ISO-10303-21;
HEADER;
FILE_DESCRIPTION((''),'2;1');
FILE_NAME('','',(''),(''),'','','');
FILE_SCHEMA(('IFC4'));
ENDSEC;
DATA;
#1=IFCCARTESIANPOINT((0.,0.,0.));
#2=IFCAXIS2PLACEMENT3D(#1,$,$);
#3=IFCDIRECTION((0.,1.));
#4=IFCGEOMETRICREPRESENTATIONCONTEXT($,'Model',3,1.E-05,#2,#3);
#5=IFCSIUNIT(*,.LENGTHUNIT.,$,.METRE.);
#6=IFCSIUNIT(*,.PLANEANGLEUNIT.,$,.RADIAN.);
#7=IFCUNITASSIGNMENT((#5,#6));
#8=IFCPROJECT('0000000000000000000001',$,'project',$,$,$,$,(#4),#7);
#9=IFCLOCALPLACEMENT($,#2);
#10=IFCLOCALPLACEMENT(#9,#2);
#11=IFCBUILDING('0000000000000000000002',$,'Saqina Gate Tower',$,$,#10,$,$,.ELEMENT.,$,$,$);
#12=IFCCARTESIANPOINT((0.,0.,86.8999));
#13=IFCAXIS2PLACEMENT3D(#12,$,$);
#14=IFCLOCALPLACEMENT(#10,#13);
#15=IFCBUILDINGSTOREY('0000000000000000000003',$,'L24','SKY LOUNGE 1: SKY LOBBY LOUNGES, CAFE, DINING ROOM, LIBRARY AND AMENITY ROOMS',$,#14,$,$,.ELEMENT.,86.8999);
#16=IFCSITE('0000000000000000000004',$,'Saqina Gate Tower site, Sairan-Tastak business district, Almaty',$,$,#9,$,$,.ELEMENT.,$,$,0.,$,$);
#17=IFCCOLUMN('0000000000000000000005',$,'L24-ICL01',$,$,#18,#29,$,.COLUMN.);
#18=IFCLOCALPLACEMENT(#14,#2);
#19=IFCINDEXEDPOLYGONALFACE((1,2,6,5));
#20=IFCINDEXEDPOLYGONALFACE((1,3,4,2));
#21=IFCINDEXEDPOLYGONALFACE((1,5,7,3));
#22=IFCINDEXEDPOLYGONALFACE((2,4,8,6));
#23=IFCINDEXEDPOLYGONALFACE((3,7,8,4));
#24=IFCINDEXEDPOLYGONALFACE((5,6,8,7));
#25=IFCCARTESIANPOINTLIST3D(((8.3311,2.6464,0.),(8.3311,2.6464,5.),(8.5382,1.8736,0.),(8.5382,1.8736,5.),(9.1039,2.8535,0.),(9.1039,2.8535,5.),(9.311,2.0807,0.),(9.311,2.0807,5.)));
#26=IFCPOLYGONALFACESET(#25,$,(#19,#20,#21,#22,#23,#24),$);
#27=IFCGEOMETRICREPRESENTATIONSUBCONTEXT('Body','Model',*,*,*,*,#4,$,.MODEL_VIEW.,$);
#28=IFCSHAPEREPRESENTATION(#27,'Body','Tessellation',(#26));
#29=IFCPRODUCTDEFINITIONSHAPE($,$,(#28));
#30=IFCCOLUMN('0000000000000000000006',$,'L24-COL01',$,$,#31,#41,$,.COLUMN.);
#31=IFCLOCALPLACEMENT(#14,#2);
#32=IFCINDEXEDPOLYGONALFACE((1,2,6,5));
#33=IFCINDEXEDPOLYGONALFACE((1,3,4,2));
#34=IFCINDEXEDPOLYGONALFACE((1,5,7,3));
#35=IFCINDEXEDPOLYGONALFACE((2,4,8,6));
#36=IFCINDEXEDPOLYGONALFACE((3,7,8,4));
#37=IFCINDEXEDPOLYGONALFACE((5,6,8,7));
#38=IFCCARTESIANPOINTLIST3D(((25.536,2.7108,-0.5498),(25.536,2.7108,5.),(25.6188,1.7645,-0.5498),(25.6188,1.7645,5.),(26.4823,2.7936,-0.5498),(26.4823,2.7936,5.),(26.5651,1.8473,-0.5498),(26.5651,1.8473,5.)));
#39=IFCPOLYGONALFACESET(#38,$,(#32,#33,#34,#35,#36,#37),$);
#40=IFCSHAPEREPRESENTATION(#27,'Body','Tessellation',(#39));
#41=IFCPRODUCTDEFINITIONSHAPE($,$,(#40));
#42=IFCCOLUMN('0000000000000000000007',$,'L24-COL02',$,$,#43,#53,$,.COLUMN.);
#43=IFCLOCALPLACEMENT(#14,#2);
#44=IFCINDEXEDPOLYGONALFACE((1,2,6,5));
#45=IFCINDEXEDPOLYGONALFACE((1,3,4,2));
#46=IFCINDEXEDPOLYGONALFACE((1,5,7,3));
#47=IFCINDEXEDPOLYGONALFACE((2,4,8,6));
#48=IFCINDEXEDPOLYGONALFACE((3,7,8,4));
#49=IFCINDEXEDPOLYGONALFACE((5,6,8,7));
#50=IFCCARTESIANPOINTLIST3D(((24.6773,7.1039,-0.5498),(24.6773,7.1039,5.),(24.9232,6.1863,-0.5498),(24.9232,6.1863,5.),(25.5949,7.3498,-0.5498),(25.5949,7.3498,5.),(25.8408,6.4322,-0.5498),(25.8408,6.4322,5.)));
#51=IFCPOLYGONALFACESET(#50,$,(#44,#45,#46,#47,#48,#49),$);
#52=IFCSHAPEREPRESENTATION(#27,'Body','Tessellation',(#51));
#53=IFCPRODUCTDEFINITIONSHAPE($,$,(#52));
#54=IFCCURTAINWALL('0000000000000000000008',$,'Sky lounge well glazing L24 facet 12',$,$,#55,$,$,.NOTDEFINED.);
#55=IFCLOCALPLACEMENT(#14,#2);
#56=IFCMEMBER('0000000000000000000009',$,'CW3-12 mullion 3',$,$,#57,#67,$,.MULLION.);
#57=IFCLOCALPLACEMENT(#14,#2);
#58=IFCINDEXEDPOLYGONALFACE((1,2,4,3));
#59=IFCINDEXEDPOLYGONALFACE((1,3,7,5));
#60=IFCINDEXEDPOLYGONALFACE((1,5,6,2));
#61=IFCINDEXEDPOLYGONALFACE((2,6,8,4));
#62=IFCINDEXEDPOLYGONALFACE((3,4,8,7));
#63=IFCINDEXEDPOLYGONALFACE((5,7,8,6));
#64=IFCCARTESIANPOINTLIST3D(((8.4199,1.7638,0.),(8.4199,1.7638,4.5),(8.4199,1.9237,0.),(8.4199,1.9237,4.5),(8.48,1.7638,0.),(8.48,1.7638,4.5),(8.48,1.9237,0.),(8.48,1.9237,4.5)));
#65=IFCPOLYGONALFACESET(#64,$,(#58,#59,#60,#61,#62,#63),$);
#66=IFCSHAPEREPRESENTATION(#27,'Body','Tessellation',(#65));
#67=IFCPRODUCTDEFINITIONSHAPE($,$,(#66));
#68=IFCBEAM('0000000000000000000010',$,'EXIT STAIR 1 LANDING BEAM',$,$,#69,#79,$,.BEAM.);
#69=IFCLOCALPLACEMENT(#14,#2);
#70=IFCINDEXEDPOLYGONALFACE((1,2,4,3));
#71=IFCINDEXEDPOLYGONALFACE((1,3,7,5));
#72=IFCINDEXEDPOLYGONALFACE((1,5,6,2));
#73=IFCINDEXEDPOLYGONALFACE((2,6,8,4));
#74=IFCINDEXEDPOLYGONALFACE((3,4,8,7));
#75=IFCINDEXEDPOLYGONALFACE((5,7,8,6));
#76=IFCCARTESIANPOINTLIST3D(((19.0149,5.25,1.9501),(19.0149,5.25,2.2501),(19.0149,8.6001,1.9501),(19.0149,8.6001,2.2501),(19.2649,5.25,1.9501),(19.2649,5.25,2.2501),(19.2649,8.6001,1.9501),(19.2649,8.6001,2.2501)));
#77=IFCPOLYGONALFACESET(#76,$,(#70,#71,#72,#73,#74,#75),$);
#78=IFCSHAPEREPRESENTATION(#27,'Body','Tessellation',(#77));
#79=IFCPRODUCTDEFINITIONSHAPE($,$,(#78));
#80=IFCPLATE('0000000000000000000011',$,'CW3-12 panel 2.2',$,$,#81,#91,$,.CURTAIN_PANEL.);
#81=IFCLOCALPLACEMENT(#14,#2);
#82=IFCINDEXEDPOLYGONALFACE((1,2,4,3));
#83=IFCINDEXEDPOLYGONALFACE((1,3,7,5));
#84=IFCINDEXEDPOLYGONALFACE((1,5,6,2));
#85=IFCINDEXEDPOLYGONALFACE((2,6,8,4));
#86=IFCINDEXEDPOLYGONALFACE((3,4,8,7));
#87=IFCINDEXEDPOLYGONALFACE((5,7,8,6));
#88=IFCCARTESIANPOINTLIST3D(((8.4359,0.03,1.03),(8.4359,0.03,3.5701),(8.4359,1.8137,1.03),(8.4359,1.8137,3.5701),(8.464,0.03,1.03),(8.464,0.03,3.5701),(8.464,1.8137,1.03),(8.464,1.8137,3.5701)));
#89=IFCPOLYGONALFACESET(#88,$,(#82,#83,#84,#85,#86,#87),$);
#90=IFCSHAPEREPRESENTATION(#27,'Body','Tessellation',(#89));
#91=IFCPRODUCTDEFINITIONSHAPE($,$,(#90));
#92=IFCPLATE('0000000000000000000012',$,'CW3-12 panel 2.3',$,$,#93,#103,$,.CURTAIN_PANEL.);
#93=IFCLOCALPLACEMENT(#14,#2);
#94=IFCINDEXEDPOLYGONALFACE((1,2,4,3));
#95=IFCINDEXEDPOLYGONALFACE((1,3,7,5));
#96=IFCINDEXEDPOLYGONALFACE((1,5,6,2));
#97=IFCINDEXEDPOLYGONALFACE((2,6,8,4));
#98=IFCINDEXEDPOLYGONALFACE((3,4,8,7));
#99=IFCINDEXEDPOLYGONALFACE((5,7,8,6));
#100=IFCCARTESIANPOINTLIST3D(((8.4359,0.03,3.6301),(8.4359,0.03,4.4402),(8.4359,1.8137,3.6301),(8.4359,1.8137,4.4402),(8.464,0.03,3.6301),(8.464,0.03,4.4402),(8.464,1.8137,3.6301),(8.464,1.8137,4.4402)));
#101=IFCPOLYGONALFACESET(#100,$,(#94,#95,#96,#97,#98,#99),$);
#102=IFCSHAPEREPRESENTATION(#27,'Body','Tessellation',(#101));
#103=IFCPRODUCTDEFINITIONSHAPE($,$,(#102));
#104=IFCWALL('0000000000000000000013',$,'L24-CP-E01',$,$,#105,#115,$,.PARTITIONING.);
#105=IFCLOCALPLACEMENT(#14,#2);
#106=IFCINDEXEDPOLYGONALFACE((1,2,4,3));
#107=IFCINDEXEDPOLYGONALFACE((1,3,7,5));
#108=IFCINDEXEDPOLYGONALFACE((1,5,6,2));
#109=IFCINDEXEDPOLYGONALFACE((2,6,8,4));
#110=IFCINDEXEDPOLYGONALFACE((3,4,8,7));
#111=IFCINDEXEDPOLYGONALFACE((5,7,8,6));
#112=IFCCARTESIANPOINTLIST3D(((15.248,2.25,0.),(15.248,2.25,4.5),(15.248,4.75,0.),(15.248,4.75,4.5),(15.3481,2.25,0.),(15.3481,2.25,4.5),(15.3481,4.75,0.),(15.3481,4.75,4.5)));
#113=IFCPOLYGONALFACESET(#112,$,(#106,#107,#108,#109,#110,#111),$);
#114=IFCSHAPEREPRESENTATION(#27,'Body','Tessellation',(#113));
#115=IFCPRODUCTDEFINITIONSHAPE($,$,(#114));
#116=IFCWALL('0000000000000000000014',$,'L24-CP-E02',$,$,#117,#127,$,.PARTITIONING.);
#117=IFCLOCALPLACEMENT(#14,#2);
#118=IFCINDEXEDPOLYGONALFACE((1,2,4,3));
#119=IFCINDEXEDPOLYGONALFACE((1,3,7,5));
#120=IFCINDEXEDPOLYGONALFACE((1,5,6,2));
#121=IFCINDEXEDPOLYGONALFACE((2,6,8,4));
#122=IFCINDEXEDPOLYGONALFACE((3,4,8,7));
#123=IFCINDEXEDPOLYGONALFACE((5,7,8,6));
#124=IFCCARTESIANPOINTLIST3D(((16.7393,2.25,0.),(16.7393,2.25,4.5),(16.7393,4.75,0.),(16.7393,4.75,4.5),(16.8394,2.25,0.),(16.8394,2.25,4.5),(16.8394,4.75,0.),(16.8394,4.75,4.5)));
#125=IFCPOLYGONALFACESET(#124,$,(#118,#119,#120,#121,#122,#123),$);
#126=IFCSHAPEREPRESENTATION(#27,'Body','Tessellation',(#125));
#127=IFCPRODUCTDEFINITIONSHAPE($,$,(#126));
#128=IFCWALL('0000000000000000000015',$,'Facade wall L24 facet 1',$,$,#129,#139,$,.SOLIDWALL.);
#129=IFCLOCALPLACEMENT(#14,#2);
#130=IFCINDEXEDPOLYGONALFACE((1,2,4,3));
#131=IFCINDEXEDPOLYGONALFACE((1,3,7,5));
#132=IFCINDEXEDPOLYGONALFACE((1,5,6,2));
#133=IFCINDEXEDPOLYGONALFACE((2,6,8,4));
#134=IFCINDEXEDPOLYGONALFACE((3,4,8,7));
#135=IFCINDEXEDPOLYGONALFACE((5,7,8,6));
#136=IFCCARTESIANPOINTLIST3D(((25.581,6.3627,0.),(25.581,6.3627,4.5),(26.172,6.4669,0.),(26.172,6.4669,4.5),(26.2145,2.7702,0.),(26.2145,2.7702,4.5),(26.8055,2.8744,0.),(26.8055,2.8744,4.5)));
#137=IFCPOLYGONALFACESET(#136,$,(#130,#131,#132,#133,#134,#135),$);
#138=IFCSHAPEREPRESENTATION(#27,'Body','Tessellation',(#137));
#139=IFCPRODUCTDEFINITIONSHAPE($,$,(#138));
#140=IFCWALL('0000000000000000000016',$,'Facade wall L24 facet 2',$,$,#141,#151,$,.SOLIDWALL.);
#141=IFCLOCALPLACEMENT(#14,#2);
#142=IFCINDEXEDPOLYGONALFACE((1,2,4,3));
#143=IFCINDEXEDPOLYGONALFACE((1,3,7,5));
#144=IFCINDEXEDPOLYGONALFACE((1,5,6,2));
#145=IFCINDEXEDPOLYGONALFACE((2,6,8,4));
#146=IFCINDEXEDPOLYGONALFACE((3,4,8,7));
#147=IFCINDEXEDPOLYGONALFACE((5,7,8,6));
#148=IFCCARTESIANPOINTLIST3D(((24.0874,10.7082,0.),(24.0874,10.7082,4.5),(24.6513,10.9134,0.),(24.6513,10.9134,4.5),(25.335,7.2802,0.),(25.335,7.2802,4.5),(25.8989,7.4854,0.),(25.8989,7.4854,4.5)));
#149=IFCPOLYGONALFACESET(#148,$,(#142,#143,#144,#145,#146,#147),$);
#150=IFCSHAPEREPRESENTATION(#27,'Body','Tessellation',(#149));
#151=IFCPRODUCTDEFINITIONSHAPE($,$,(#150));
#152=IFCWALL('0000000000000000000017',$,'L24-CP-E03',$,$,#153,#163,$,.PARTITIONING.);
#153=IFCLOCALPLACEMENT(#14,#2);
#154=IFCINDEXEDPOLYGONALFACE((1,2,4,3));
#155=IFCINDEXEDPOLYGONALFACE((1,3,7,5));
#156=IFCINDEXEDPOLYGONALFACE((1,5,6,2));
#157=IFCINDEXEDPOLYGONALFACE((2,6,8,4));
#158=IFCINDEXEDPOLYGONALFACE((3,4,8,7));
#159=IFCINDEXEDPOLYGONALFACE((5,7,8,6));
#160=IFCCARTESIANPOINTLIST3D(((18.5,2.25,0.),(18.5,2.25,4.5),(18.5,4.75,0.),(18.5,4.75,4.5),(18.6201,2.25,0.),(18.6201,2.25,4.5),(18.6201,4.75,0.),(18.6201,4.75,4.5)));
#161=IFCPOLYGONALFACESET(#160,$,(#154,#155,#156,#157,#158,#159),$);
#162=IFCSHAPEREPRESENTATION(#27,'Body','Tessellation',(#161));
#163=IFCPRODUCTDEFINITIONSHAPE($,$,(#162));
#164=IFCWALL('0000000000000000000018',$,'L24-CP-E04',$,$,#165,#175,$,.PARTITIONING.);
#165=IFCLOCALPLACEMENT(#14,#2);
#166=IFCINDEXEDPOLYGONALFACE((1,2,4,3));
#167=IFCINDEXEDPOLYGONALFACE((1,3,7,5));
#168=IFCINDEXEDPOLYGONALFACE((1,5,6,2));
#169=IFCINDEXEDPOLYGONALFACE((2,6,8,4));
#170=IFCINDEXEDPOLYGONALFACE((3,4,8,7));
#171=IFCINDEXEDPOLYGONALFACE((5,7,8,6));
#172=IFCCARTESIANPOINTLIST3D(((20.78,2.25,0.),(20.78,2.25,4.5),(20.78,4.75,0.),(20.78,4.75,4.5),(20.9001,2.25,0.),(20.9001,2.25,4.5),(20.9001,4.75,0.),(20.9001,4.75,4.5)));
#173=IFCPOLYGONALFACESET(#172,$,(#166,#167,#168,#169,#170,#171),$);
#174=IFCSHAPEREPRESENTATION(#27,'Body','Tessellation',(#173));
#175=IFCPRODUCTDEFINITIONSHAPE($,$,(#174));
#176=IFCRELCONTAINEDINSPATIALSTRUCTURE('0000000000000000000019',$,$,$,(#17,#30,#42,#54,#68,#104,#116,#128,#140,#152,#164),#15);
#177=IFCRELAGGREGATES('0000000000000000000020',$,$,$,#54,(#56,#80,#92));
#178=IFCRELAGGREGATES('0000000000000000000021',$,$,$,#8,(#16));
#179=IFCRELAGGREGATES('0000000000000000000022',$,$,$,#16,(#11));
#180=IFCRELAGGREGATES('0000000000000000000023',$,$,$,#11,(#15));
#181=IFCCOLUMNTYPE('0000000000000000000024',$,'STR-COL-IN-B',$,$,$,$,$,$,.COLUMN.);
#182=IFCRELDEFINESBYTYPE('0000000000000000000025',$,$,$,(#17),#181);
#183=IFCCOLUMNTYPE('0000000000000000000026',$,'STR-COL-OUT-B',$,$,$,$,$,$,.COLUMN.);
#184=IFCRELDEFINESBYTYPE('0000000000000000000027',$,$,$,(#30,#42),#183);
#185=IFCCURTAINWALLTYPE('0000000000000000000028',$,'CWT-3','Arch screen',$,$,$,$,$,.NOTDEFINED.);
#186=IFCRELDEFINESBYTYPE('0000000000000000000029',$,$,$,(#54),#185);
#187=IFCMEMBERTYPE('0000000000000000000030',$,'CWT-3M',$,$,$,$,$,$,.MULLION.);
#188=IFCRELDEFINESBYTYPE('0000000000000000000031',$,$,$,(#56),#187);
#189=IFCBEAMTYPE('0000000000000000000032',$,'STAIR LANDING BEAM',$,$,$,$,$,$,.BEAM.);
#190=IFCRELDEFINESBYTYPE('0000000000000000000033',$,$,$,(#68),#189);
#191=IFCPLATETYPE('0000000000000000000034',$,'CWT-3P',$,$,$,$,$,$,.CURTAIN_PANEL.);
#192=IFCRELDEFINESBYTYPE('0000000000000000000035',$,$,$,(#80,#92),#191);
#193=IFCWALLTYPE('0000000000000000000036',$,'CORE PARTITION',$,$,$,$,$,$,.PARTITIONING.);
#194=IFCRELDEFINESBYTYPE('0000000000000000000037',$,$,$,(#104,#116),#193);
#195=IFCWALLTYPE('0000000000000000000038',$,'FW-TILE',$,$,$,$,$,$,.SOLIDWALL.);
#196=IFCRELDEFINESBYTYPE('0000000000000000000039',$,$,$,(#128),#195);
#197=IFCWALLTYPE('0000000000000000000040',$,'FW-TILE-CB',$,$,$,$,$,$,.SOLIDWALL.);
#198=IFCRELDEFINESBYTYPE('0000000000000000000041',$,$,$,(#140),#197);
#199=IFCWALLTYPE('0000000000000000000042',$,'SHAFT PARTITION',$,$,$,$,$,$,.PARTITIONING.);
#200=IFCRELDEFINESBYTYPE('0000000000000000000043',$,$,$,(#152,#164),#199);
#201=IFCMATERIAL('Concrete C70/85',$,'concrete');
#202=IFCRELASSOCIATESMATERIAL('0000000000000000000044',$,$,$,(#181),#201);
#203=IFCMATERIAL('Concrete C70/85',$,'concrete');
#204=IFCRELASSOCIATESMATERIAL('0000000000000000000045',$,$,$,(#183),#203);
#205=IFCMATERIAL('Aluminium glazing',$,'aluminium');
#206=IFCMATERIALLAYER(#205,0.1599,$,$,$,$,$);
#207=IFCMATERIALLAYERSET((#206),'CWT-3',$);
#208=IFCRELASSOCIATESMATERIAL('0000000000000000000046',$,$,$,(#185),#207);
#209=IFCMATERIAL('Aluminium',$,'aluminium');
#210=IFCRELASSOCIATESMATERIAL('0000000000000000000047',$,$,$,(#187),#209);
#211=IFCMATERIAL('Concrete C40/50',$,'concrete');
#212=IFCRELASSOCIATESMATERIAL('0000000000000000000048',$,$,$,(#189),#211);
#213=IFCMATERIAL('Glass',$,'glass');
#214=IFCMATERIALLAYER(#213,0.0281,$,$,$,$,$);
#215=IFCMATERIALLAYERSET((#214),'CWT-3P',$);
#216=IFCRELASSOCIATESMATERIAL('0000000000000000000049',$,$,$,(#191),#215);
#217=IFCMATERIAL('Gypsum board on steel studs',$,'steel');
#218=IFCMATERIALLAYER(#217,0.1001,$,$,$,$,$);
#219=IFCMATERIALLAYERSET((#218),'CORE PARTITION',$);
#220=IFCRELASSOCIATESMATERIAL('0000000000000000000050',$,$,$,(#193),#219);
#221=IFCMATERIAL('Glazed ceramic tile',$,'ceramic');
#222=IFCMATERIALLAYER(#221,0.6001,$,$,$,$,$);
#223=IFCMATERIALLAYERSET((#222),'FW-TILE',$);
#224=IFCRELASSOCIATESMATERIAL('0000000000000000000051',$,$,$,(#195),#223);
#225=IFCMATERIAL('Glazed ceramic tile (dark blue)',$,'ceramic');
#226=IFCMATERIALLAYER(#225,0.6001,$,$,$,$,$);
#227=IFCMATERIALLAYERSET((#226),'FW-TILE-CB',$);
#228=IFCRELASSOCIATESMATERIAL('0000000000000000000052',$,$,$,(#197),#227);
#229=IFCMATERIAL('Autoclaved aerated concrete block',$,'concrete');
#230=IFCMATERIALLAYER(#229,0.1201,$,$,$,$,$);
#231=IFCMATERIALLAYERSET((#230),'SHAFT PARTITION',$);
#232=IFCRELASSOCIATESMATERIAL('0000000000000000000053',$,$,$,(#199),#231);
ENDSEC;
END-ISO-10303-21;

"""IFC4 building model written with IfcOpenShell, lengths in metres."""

from ifc_helpers import new_model, si_unit, direction, frame, frame_2d, origin, origin_2d, place, context, subcontext, project, spatial, rectangle, extrude, material, layer, layer_set, material_profile, profile_set, type_object, element, aggregate, save


model = new_model("IFC4")

# Units and contexts
model_context = context("Model", 3, precision=1e-05, world=origin(), true_north=direction((0.0, 1.0)))
body_context = subcontext(model_context, "Body", "Model", "MODEL_VIEW")
ifc_project = project(units=[si_unit("LENGTHUNIT", "METRE"), si_unit("PLANEANGLEUNIT", "RADIAN")], contexts=[model_context])

# Site, building, storey
site_placement = place(None, origin())
site = spatial("IfcSite", under=ifc_project, at=site_placement, Name="Saqina Gate Tower site, Sairan-Tastak business district, Almaty", CompositionType="ELEMENT", RefElevation=0.0)
building_placement = place(site_placement, origin())
building = spatial("IfcBuilding", under=site, at=building_placement, Name="Saqina Gate Tower", CompositionType="ELEMENT")
storey_placement = place(building_placement, frame((0.0, 0.0, 86.8999)))
storey = spatial("IfcBuildingStorey", under=building, at=storey_placement, Name="L24", Description="SKY LOUNGE 1: SKY LOBBY LOUNGES, CAFE, DINING ROOM, LIBRARY AND AMENITY ROOMS", CompositionType="ELEMENT", Elevation=86.8999)

# Columns
ifc_material_1 = material(Name="Concrete C70/85", Category="concrete")
ifc_material_profile_1 = material_profile(ifc_material_1, rectangle(XDim=0.8, YDim=0.8, at=origin_2d()), Name="RC 800x800")
ifc_profile_set_1 = profile_set([ifc_material_profile_1], Name="Concrete C70/85")
column_type_1 = type_object("IfcColumnType", Name="STR-COL-IN-B", PredefinedType="COLUMN", material=ifc_profile_set_1)
column_placement = place(storey_placement, frame((8.821, 2.3635, 0.0), z_axis=(0.0, 0.0, 1.0), x_axis=(0.965926, 0.258819, 0.0)))
element("IfcColumn", 1, at=column_placement, inside=storey, type_object=column_type_1, Name="L24-ICL01", PredefinedType="COLUMN", context=body_context, shape_type="SweptSolid", body=[
    extrude(rectangle(XDim=0.8, YDim=0.8, at=origin_2d()), origin(), (0.0, 0.0, 1.0), 5.0),
])
ifc_material_2 = material(Name="Concrete C70/85", Category="concrete")
ifc_material_profile_2 = material_profile(ifc_material_2, rectangle(XDim=0.95, YDim=0.95, at=origin_2d()), Name="RC 950x950")
ifc_profile_set_2 = profile_set([ifc_material_profile_2], Name="Concrete C70/85")
column_type_2 = type_object("IfcColumnType", Name="STR-COL-OUT-B", PredefinedType="COLUMN", material=ifc_profile_set_2)
for number, where, z_axis, x_axis, name in (
    (2, (26.0505, 2.2791, -0.5498), (0.0, 0.0, 1.0), (0.996195, 0.087156, 0.0), "L24-COL01"),
    (3, (25.259, 6.7681, -0.5498), (0.0, 0.0, 1.0), (0.965926, 0.258819, 0.0), "L24-COL02"),
):
    element("IfcColumn", number, at=place(storey_placement, frame(where, z_axis=z_axis, x_axis=x_axis)), inside=storey, type_object=column_type_2, Name=name, PredefinedType="COLUMN", context=body_context, shape_type="SweptSolid", body=[
        extrude(rectangle(XDim=0.95, YDim=0.95, at=origin_2d()), origin(), (0.0, 0.0, 1.0), 5.5498),
    ])

# Curtain wall, member
ifc_material_3 = material(Name="Aluminium glazing", Category="aluminium")
ifc_layer_1 = layer(ifc_material_3, 0.1599)
ifc_layer_set_1 = layer_set([ifc_layer_1], Name="CWT-3")
curtain_wall_type = type_object("IfcCurtainWallType", Name="CWT-3", Description="Arch screen", PredefinedType="NOTDEFINED", material=ifc_layer_set_1)
curtain_wall_placement = place(storey_placement, origin())
curtain_wall = element("IfcCurtainWall", 4, at=curtain_wall_placement, inside=storey, type_object=curtain_wall_type, Name="Sky lounge well glazing L24 facet 12", PredefinedType="NOTDEFINED")
ifc_material_4 = material(Name="Aluminium", Category="aluminium")
ifc_material_profile_3 = material_profile(ifc_material_4, rectangle(XDim=0.0601, YDim=0.1599, at=origin_2d()), Name="Aluminium 60x160")
ifc_profile_set_3 = profile_set([ifc_material_profile_3], Name="Aluminium")
member_type = type_object("IfcMemberType", Name="CWT-3M", PredefinedType="MULLION", material=ifc_profile_set_3)
member_placement = place(storey_placement, frame((8.45, 1.8438, 0.0), z_axis=(0.0, 0.0, 1.0), x_axis=(-1.0, 0.0, 0.0)))
member = element("IfcMember", 5, at=member_placement, type_object=member_type, Name="CW3-12 mullion 3", PredefinedType="MULLION", context=body_context, shape_type="SweptSolid", body=[
    extrude(rectangle(XDim=0.0601, YDim=0.1599, at=origin_2d()), origin(), (0.0, 0.0, 1.0), 4.5),
])

# Beam
ifc_material_5 = material(Name="Concrete C40/50", Category="concrete")
ifc_material_profile_4 = material_profile(ifc_material_5, rectangle(XDim=0.25, YDim=0.3, at=origin_2d()), Name="STAIR LANDING BEAM")
ifc_profile_set_4 = profile_set([ifc_material_profile_4], Name="Concrete C40/50")
beam_type = type_object("IfcBeamType", Name="STAIR LANDING BEAM", PredefinedType="BEAM", material=ifc_profile_set_4)
beam_placement = place(storey_placement, frame((19.1399, 5.25, 2.1001), z_axis=(0.0, 1.0, 0.0), x_axis=(-1.0, 0.0, 0.0)))
element("IfcBeam", 6, at=beam_placement, inside=storey, type_object=beam_type, Name="EXIT STAIR 1 LANDING BEAM", PredefinedType="BEAM", context=body_context, shape_type="SweptSolid", body=[
    extrude(rectangle(XDim=0.25, YDim=0.3, at=origin_2d()), origin(), (0.0, 0.0, 1.0), 3.3501),
])

# Plates
ifc_material_6 = material(Name="Glass", Category="glass")
ifc_layer_2 = layer(ifc_material_6, 0.0281)
ifc_layer_set_2 = layer_set([ifc_layer_2], Name="CWT-3P")
plate_type = type_object("IfcPlateType", Name="CWT-3P", PredefinedType="CURTAIN_PANEL", material=ifc_layer_set_2)
plate_1_placement = place(storey_placement, frame((8.45, 0.9219, 1.03), z_axis=(0.0, 0.0, 1.0), x_axis=(0.0, 1.0, 0.0)))
plate_1 = element("IfcPlate", 7, at=plate_1_placement, type_object=plate_type, Name="CW3-12 panel 2.2", PredefinedType="CURTAIN_PANEL", context=body_context, shape_type="SweptSolid", body=[
    extrude(rectangle(XDim=1.7837, YDim=0.0281, at=origin_2d()), origin(), (0.0, 0.0, 1.0), 2.54),
])
plate_2_placement = place(storey_placement, frame((8.45, 0.9219, 3.6301), z_axis=(0.0, 0.0, 1.0), x_axis=(0.0, 1.0, 0.0)))
plate_2 = element("IfcPlate", 8, at=plate_2_placement, type_object=plate_type, Name="CW3-12 panel 2.3", PredefinedType="CURTAIN_PANEL", context=body_context, shape_type="SweptSolid", body=[
    extrude(rectangle(XDim=1.7837, YDim=0.0281, at=origin_2d()), origin(), (0.0, 0.0, 1.0), 0.8101),
])
aggregate(curtain_wall, [member, plate_1, plate_2])

# Walls
ifc_material_7 = material(Name="Gypsum board on steel studs", Category="steel")
ifc_layer_3 = layer(ifc_material_7, 0.1001)
ifc_layer_set_3 = layer_set([ifc_layer_3], Name="CORE PARTITION")
wall_type_1 = type_object("IfcWallType", Name="CORE PARTITION", PredefinedType="PARTITIONING", material=ifc_layer_set_3)
for number, where, z_axis, x_axis, name in (
    (9, (15.2981, 2.25, 0.0), (0.0, 0.0, 1.0), (0.0, 1.0, 0.0), "L24-CP-E01"),
    (10, (16.7893, 2.25, 0.0), (0.0, 0.0, 1.0), (0.0, 1.0, 0.0), "L24-CP-E02"),
):
    element("IfcWall", number, at=place(storey_placement, frame(where, z_axis=z_axis, x_axis=x_axis)), inside=storey, type_object=wall_type_1, Name=name, PredefinedType="PARTITIONING", context=body_context, shape_type="SweptSolid", body=[
        extrude(rectangle(XDim=2.5, YDim=0.1001, at=frame_2d((1.25, 0.0))), origin(), (0.0, 0.0, 1.0), 4.5),
    ])
ifc_material_8 = material(Name="Glazed ceramic tile", Category="ceramic")
ifc_layer_4 = layer(ifc_material_8, 0.6001)
ifc_layer_set_4 = layer_set([ifc_layer_4], Name="FW-TILE")
wall_type_2 = type_object("IfcWallType", Name="FW-TILE", PredefinedType="SOLIDWALL", material=ifc_layer_set_4)
wall_1_placement = place(storey_placement, frame((26.51, 2.8223, 0.0), z_axis=(0.0, 0.0, 1.0), x_axis=(-0.173671, 0.984804, 0.0)))
element("IfcWall", 11, at=wall_1_placement, inside=storey, type_object=wall_type_2, Name="Facade wall L24 facet 1", PredefinedType="SOLIDWALL", context=body_context, shape_type="SweptSolid", body=[
    extrude(rectangle(XDim=3.6479, YDim=0.6001, at=frame_2d((1.824, 0.0))), origin(), (0.0, 0.0, 1.0), 4.5),
])
ifc_material_9 = material(Name="Glazed ceramic tile (dark blue)", Category="ceramic")
ifc_layer_5 = layer(ifc_material_9, 0.6001)
ifc_layer_set_5 = layer_set([ifc_layer_5], Name="FW-TILE-CB")
wall_type_3 = type_object("IfcWallType", Name="FW-TILE-CB", PredefinedType="SOLIDWALL", material=ifc_layer_set_5)
wall_2_placement = place(storey_placement, frame((25.6169, 7.3828, 0.0), z_axis=(0.0, 0.0, 1.0), x_axis=(-0.34199, 0.939704, 0.0)))
element("IfcWall", 12, at=wall_2_placement, inside=storey, type_object=wall_type_3, Name="Facade wall L24 facet 2", PredefinedType="SOLIDWALL", context=body_context, shape_type="SweptSolid", body=[
    extrude(rectangle(XDim=3.6479, YDim=0.6001, at=frame_2d((1.824, 0.0))), origin(), (0.0, 0.0, 1.0), 4.5),
])
ifc_material_10 = material(Name="Autoclaved aerated concrete block", Category="concrete")
ifc_layer_6 = layer(ifc_material_10, 0.1201)
ifc_layer_set_6 = layer_set([ifc_layer_6], Name="SHAFT PARTITION")
wall_type_4 = type_object("IfcWallType", Name="SHAFT PARTITION", PredefinedType="PARTITIONING", material=ifc_layer_set_6)
for number, where, z_axis, x_axis, name in (
    (13, (18.5601, 2.25, 0.0), (0.0, 0.0, 1.0), (0.0, 1.0, 0.0), "L24-CP-E03"),
    (14, (20.8401, 2.25, 0.0), (0.0, 0.0, 1.0), (0.0, 1.0, 0.0), "L24-CP-E04"),
):
    element("IfcWall", number, at=place(storey_placement, frame(where, z_axis=z_axis, x_axis=x_axis)), inside=storey, type_object=wall_type_4, Name=name, PredefinedType="PARTITIONING", context=body_context, shape_type="SweptSolid", body=[
        extrude(rectangle(XDim=2.5, YDim=0.1201, at=frame_2d((1.25, 0.0))), origin(), (0.0, 0.0, 1.0), 4.5),
    ])

save(model, "model.ifc")
